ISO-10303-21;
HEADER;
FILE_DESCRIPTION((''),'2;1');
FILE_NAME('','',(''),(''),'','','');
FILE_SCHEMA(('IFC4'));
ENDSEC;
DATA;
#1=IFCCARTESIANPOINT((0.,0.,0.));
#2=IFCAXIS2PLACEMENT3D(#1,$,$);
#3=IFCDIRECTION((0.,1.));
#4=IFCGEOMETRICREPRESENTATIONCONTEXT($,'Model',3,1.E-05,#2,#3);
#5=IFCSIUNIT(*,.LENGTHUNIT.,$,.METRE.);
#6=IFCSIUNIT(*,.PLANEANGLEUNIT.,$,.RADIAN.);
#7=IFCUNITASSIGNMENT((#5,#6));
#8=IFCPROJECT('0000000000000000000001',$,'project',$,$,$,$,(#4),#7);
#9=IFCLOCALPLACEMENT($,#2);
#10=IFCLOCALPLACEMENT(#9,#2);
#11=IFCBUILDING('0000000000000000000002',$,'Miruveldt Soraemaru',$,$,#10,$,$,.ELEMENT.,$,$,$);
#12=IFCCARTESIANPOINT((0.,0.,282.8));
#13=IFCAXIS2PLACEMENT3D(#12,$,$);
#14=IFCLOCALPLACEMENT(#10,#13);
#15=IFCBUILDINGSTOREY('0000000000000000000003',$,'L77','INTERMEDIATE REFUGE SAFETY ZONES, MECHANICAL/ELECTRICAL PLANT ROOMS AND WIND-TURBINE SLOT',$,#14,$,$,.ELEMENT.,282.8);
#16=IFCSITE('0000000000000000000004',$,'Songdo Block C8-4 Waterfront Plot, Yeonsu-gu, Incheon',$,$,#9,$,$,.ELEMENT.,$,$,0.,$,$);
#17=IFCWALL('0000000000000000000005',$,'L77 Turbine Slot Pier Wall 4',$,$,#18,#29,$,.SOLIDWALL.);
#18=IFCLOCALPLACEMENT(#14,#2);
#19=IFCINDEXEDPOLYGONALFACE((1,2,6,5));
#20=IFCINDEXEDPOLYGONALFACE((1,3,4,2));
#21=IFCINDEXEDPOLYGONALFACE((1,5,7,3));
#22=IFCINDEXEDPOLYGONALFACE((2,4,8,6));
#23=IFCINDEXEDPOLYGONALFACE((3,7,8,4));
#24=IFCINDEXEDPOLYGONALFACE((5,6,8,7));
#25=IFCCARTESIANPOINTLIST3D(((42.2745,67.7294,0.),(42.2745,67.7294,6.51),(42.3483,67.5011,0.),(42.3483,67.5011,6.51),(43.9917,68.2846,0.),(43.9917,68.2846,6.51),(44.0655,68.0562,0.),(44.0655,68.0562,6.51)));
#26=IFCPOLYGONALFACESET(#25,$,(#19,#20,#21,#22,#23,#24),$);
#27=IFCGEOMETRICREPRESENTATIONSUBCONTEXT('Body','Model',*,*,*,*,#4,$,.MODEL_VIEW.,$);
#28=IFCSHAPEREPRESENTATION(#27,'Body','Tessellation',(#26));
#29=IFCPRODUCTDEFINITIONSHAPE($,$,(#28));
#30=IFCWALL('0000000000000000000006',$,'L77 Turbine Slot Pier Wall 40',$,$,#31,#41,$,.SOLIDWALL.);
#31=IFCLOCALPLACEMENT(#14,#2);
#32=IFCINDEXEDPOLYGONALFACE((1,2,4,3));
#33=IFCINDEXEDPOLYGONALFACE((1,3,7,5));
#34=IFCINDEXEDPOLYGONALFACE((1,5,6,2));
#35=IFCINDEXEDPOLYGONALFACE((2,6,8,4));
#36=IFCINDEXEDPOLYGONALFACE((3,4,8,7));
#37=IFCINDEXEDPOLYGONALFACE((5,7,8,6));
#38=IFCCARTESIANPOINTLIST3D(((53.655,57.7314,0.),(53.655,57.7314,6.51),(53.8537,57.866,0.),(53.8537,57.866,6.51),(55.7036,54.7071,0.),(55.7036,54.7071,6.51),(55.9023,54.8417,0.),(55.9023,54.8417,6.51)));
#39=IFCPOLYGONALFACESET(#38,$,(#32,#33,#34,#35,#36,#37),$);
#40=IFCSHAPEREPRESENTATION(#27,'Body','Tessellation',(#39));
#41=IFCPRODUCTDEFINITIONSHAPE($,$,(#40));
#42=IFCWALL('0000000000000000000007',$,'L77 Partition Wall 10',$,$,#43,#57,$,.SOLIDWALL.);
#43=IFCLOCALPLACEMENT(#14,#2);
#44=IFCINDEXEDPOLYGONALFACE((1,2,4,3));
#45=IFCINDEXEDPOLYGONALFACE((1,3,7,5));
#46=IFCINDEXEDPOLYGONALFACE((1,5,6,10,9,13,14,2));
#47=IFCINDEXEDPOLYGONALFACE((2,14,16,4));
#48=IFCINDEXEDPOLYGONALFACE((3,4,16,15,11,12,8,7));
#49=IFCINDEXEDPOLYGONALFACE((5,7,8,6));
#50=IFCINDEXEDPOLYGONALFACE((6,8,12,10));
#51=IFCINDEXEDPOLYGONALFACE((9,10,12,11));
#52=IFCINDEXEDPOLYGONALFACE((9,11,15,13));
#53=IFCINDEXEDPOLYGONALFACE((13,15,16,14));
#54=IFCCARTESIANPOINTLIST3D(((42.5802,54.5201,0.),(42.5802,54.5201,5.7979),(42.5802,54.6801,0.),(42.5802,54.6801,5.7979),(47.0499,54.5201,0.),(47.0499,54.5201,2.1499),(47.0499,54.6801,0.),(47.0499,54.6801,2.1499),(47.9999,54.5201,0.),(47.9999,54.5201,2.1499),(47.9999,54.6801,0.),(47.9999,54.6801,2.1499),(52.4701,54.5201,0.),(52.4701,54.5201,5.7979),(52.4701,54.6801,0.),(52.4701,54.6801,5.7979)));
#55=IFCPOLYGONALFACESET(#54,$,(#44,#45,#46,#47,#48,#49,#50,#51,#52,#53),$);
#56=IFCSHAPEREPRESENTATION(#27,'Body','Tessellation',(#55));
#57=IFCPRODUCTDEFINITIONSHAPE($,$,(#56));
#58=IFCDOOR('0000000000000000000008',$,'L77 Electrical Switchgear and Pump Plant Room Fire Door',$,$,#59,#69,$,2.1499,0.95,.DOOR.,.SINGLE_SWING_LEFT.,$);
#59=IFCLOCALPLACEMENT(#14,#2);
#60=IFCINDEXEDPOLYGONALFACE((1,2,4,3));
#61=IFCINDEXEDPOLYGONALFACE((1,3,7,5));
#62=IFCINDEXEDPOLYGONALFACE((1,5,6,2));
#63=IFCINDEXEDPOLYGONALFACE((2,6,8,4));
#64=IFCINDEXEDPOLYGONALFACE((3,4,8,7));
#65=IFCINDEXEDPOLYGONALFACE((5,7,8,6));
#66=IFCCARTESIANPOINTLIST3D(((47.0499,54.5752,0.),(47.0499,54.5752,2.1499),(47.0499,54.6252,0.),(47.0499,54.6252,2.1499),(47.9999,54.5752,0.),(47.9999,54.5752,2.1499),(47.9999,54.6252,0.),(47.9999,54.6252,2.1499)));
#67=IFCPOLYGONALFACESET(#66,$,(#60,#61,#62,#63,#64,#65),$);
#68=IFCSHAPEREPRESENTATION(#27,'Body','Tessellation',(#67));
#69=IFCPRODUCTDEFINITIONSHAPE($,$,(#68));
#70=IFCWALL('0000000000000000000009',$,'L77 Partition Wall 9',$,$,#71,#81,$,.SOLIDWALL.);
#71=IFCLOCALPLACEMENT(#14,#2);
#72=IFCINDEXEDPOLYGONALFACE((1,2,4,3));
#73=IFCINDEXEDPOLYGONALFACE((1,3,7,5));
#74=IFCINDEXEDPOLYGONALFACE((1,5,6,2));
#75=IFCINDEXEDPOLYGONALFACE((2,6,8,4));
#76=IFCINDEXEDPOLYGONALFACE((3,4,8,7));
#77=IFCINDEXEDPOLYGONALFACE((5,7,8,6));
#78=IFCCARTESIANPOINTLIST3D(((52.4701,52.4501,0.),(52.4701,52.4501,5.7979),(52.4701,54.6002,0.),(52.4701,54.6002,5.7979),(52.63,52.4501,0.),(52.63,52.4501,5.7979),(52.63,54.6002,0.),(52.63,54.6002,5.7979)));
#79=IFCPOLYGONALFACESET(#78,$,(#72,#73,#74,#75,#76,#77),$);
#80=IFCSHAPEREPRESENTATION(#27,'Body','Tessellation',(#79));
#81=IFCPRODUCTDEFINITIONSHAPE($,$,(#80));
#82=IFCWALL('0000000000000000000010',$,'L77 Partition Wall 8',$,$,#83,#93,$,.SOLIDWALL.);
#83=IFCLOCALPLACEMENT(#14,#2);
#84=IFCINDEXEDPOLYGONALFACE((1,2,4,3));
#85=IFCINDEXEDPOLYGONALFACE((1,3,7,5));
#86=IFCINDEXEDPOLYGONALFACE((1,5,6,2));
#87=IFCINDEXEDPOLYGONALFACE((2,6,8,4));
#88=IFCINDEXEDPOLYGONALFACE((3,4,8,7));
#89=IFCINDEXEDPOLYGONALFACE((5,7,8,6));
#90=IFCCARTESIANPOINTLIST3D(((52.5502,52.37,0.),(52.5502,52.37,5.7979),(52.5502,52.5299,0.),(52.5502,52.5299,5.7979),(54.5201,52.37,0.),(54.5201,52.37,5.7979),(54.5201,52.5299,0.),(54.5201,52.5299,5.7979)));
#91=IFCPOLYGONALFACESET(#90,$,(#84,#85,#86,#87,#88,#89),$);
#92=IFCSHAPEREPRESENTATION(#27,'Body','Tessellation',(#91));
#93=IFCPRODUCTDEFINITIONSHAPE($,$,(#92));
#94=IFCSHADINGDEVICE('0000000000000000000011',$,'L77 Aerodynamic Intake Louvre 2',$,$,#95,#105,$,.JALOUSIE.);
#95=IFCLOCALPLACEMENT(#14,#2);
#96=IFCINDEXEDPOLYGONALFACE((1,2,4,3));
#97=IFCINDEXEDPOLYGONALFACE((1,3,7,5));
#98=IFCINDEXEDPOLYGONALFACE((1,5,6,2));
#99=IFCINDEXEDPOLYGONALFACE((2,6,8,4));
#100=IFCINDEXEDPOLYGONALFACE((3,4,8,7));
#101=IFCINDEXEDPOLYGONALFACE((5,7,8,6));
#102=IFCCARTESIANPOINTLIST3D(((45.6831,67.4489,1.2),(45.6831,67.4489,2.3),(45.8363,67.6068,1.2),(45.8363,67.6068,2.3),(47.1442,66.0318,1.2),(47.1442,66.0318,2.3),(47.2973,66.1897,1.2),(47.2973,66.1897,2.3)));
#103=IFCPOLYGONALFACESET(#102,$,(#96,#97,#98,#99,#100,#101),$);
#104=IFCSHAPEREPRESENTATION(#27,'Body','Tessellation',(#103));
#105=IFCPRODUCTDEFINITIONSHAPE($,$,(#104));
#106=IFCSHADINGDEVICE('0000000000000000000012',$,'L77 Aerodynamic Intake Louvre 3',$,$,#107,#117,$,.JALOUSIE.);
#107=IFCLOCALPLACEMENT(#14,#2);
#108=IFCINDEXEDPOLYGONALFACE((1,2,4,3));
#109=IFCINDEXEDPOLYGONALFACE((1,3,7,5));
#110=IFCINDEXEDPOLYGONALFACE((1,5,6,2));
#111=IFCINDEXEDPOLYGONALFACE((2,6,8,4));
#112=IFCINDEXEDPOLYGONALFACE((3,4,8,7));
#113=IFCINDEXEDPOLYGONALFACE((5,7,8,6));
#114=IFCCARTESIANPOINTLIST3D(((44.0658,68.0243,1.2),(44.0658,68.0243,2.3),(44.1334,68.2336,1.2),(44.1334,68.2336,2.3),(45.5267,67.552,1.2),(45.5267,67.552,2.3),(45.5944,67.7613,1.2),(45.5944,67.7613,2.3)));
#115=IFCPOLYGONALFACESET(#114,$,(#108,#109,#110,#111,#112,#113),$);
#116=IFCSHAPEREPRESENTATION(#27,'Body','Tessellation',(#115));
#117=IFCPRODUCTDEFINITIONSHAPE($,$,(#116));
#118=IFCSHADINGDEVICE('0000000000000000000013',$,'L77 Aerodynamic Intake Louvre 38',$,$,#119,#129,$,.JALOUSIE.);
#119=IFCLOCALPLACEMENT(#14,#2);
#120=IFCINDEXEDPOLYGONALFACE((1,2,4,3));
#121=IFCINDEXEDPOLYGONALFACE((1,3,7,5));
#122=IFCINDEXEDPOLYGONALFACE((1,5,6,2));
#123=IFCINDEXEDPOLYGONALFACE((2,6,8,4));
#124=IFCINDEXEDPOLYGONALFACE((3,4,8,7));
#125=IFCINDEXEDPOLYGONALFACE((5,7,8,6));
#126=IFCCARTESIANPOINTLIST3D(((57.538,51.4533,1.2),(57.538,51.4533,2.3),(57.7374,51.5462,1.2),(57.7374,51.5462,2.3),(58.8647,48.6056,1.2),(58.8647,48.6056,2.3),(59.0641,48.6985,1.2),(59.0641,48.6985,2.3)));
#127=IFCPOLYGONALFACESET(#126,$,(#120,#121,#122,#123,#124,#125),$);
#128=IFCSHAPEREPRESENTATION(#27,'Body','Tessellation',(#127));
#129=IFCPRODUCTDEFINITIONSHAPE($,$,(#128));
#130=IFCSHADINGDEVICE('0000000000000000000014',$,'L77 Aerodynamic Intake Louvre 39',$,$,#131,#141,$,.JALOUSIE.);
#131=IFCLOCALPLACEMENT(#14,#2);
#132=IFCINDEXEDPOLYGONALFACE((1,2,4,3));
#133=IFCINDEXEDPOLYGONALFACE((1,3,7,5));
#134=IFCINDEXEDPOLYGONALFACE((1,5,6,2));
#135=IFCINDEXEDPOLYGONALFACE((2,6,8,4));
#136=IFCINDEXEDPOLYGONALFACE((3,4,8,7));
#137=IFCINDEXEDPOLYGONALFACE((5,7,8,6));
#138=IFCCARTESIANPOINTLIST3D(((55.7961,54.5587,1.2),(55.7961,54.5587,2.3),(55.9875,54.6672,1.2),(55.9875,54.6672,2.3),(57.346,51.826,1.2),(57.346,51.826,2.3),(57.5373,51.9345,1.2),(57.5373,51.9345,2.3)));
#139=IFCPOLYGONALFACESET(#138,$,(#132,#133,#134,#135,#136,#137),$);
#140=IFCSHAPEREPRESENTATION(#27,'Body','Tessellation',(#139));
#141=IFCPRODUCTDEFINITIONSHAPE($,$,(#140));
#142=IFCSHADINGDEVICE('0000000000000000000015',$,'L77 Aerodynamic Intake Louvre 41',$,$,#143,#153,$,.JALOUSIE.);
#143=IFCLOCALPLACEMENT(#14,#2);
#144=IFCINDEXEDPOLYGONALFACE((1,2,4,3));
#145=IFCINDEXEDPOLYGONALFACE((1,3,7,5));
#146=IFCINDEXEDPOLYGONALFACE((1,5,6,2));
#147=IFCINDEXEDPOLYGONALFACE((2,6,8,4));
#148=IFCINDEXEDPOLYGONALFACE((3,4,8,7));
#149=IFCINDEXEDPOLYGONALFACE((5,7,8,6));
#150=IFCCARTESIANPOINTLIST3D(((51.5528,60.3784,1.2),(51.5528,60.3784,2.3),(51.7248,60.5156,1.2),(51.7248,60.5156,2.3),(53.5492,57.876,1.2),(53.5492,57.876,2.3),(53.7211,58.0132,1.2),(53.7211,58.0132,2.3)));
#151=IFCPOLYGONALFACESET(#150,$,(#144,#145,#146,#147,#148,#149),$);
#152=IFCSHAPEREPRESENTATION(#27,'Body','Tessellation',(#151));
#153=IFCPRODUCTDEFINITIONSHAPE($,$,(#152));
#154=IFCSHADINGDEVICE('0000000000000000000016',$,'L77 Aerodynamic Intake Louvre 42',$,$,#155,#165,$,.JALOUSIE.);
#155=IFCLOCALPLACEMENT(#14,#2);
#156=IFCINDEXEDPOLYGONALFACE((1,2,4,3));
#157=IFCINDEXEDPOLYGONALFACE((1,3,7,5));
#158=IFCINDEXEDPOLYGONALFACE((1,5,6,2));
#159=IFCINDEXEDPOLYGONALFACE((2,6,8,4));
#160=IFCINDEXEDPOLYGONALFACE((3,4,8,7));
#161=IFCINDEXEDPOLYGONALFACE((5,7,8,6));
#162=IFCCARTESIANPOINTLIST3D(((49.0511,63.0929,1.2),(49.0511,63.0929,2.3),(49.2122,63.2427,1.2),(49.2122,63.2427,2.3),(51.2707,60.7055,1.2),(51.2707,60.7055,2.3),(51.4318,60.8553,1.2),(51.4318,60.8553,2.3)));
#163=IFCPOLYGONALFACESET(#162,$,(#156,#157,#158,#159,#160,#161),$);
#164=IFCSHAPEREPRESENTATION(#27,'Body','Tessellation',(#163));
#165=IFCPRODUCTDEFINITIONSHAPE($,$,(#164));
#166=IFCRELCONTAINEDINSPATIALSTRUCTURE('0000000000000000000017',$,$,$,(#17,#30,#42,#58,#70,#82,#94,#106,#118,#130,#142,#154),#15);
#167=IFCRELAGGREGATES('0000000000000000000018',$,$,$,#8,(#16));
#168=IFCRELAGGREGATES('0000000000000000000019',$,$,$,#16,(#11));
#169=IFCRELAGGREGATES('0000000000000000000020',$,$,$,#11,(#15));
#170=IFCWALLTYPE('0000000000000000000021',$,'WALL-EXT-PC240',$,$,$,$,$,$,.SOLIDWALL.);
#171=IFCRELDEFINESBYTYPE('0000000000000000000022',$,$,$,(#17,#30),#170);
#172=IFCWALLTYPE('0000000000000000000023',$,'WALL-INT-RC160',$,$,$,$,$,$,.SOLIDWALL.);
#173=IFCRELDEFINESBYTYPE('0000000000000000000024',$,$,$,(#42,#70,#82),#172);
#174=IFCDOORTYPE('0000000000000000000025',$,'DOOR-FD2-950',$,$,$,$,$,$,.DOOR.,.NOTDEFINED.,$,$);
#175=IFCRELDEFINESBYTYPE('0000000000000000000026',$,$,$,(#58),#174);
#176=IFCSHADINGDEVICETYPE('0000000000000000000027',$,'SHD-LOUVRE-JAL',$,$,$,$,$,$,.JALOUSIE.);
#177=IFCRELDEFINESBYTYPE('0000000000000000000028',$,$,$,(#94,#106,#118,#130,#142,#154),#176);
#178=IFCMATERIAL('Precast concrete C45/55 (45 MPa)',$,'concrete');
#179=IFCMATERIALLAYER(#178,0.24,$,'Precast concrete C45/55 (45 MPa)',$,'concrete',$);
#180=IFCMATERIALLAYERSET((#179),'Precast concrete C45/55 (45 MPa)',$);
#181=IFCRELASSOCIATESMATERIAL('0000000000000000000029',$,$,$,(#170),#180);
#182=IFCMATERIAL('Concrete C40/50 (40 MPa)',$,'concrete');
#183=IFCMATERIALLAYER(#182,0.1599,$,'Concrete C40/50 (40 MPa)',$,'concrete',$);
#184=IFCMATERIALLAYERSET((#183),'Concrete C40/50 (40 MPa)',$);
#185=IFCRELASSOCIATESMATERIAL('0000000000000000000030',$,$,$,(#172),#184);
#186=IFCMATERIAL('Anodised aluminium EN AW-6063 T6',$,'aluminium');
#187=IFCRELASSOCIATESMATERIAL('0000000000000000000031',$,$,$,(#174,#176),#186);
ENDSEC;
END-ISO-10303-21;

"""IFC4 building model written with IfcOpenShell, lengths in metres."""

from ifc_helpers import new_model, si_unit, direction, frame, frame_2d, origin, origin_2d, place, context, subcontext, project, spatial, rectangle, extrude, material, layer, layer_set, type_object, element, fill, save


model = new_model("IFC4")

# Units and contexts
model_context = context("Model", 3, precision=1e-05, world=origin(), true_north=direction((0.0, 1.0)))
body_context = subcontext(model_context, "Body", "Model", "MODEL_VIEW")
ifc_project = project(units=[si_unit("LENGTHUNIT", "METRE"), si_unit("PLANEANGLEUNIT", "RADIAN")], contexts=[model_context])

# Site, building, storey
site_placement = place(None, origin())
site = spatial("IfcSite", under=ifc_project, at=site_placement, Name="Songdo Block C8-4 Waterfront Plot, Yeonsu-gu, Incheon", CompositionType="ELEMENT", RefElevation=0.0)
building_placement = place(site_placement, origin())
building = spatial("IfcBuilding", under=site, at=building_placement, Name="Miruveldt Soraemaru", CompositionType="ELEMENT")
storey_placement = place(building_placement, frame((0.0, 0.0, 282.8)))
storey = spatial("IfcBuildingStorey", under=building, at=storey_placement, Name="L77", Description="INTERMEDIATE REFUGE SAFETY ZONES, MECHANICAL/ELECTRICAL PLANT ROOMS AND WIND-TURBINE SLOT", CompositionType="ELEMENT", Elevation=282.8)

# Shared definitions
ifc_material_1 = material(Name="Anodised aluminium EN AW-6063 T6", Category="aluminium")

# Walls
ifc_material_2 = material(Name="Precast concrete C45/55 (45 MPa)", Category="concrete")
ifc_layer_1 = layer(ifc_material_2, 0.24, Name="Precast concrete C45/55 (45 MPa)", Category="concrete")
ifc_layer_set_1 = layer_set([ifc_layer_1], Name="Precast concrete C45/55 (45 MPa)")
wall_type_1 = type_object("IfcWallType", Name="WALL-EXT-PC240", PredefinedType="SOLIDWALL", material=ifc_layer_set_1)
wall_1_placement = place(storey_placement, frame((44.0286, 68.1704, 0.0), z_axis=(0.0, 0.0, 1.0), x_axis=(-0.951512, -0.307611, 0.0)))
element("IfcWall", 1, at=wall_1_placement, inside=storey, type_object=wall_type_1, Name="L77 Turbine Slot Pier Wall 4", PredefinedType="SOLIDWALL", context=body_context, shape_type="SweptSolid", body=[
    extrude(rectangle(XDim=1.8047, YDim=0.24, at=frame_2d((0.9023, 0.0))), origin(), (0.0, 0.0, 1.0), 6.51),
])
wall_2_placement = place(storey_placement, frame((55.803, 54.7744, 0.0), z_axis=(0.0, 0.0, 1.0), x_axis=(-0.560839, 0.827925, 0.0)))
element("IfcWall", 2, at=wall_2_placement, inside=storey, type_object=wall_type_1, Name="L77 Turbine Slot Pier Wall 40", PredefinedType="SOLIDWALL", context=body_context, shape_type="SweptSolid", body=[
    extrude(rectangle(XDim=3.6528, YDim=0.24, at=frame_2d((1.8264, 0.0))), origin(), (0.0, 0.0, 1.0), 6.51),
])

# Wall, opening, door
ifc_material_3 = material(Name="Concrete C40/50 (40 MPa)", Category="concrete")
ifc_layer_2 = layer(ifc_material_3, 0.1599, Name="Concrete C40/50 (40 MPa)", Category="concrete")
ifc_layer_set_2 = layer_set([ifc_layer_2], Name="Concrete C40/50 (40 MPa)")
wall_type_2 = type_object("IfcWallType", Name="WALL-INT-RC160", PredefinedType="SOLIDWALL", material=ifc_layer_set_2)
wall_3_placement = place(storey_placement, frame((52.47, 54.6001, 0.0), z_axis=(0.0, 0.0, 1.0), x_axis=(-1.0, 0.0, 0.0)))
wall_3 = element("IfcWall", 3, at=wall_3_placement, inside=storey, type_object=wall_type_2, Name="L77 Partition Wall 10", PredefinedType="SOLIDWALL", context=body_context, shape_type="SweptSolid", body=[
    extrude(rectangle(XDim=9.8899, YDim=0.1599, at=frame_2d((4.9448, 0.0))), origin(), (0.0, 0.0, 1.0), 5.7979),
])
opening_placement = place(wall_3_placement, frame((4.47, 0.0, 0.0)))
opening = element("IfcOpeningElement", 4, at=opening_placement, cuts=wall_3, PredefinedType="OPENING", context=body_context, shape_type="SweptSolid", body=[
    extrude(rectangle(XDim=0.95, YDim=2.1499, at=frame_2d((0.4751, 1.075))), frame((0.0, 0.0898, 0.0), z_axis=(0.0, -1.0, 0.0), x_axis=(1.0, 0.0, 0.0)), (0.0, 0.0, 1.0), 0.1799),
])
door_type = type_object("IfcDoorType", Name="DOOR-FD2-950", OperationType="NOTDEFINED", PredefinedType="DOOR", material=ifc_material_1)
door_placement = place(opening_placement, origin())
door = element("IfcDoor", 5, at=door_placement, inside=storey, type_object=door_type, Name="L77 Electrical Switchgear and Pump Plant Room Fire Door", OperationType="SINGLE_SWING_LEFT", OverallHeight=2.1499, OverallWidth=0.95, PredefinedType="DOOR", context=body_context, shape_type="SweptSolid", body=[
    extrude(rectangle(XDim=0.95, YDim=2.1499, at=frame_2d((0.4751, 1.075))), frame((0.0, 0.0249, 0.0), z_axis=(0.0, -1.0, 0.0), x_axis=(1.0, 0.0, 0.0)), (0.0, 0.0, 1.0), 0.05),
])
fill(opening, door)

# Walls
wall_4_placement = place(storey_placement, frame((52.55, 52.45, 0.0), z_axis=(0.0, 0.0, 1.0), x_axis=(0.0, 1.0, 0.0)))
element("IfcWall", 6, at=wall_4_placement, inside=storey, type_object=wall_type_2, Name="L77 Partition Wall 9", PredefinedType="SOLIDWALL", context=body_context, shape_type="SweptSolid", body=[
    extrude(rectangle(XDim=2.1501, YDim=0.1599, at=frame_2d((1.0752, 0.0))), origin(), (0.0, 0.0, 1.0), 5.7979),
])
wall_5_placement = place(storey_placement, frame((54.52, 52.45, 0.0), z_axis=(0.0, 0.0, 1.0), x_axis=(-1.0, 0.0, 0.0)))
element("IfcWall", 7, at=wall_5_placement, inside=storey, type_object=wall_type_2, Name="L77 Partition Wall 8", PredefinedType="SOLIDWALL", context=body_context, shape_type="SweptSolid", body=[
    extrude(rectangle(XDim=1.97, YDim=0.1599, at=frame_2d((0.9849, 0.0))), origin(), (0.0, 0.0, 1.0), 5.7979),
])

# Shading devices
shading_device_type = type_object("IfcShadingDeviceType", Name="SHD-LOUVRE-JAL", PredefinedType="JALOUSIE", material=ifc_material_1)
shading_device_1_placement = place(storey_placement, frame((46.4902, 66.8193, 1.2), z_axis=(0.0, 0.0, 1.0), x_axis=(-0.71781, 0.696239, 0.0)))
element("IfcShadingDevice", 8, at=shading_device_1_placement, inside=storey, type_object=shading_device_type, Name="L77 Aerodynamic Intake Louvre 2", PredefinedType="JALOUSIE", context=body_context, shape_type="SweptSolid", body=[
    extrude(rectangle(XDim=2.0354, YDim=0.22, at=origin_2d()), origin(), (0.0, 0.0, 1.0), 1.1001),
])
shading_device_2_placement = place(storey_placement, frame((44.8301, 67.8928, 1.2), z_axis=(0.0, 0.0, 1.0), x_axis=(-0.951509, 0.307622, 0.0)))
element("IfcShadingDevice", 9, at=shading_device_2_placement, inside=storey, type_object=shading_device_type, Name="L77 Aerodynamic Intake Louvre 3", PredefinedType="JALOUSIE", context=body_context, shape_type="SweptSolid", body=[
    extrude(rectangle(XDim=1.5354, YDim=0.22, at=origin_2d()), origin(), (0.0, 0.0, 1.0), 1.1001),
])
for number, where, z_axis, x_axis, name in (
    (10, (58.301, 50.0759, 1.2), (0.0, 0.0, 1.0), (-0.422302, 0.906455, 0.0), "L77 Aerodynamic Intake Louvre 38"),
    (11, (56.6667, 53.2466, 1.2), (0.0, 0.0, 1.0), (-0.493335, 0.86984, 0.0), "L77 Aerodynamic Intake Louvre 39"),
):
    element("IfcShadingDevice", number, at=place(storey_placement, frame(where, z_axis=z_axis, x_axis=x_axis)), inside=storey, type_object=shading_device_type, Name=name, PredefinedType="JALOUSIE", context=body_context, shape_type="SweptSolid", body=[
        extrude(rectangle(XDim=3.1416, YDim=0.22, at=origin_2d()), origin(), (0.0, 0.0, 1.0), 1.1001),
    ])
shading_device_3_placement = place(storey_placement, frame((52.637, 59.1958, 1.2), z_axis=(0.0, 0.0, 1.0), x_axis=(-0.623634, 0.781716, 0.0)))
element("IfcShadingDevice", 12, at=shading_device_3_placement, inside=storey, type_object=shading_device_type, Name="L77 Aerodynamic Intake Louvre 41", PredefinedType="JALOUSIE", context=body_context, shape_type="SweptSolid", body=[
    extrude(rectangle(XDim=3.2012, YDim=0.22, at=origin_2d()), origin(), (0.0, 0.0, 1.0), 1.1001),
])
shading_device_4_placement = place(storey_placement, frame((50.2415, 61.9741, 1.2), z_axis=(0.0, 0.0, 1.0), x_axis=(-0.680887, 0.732388, 0.0)))
element("IfcShadingDevice", 13, at=shading_device_4_placement, inside=storey, type_object=shading_device_type, Name="L77 Aerodynamic Intake Louvre 42", PredefinedType="JALOUSIE", context=body_context, shape_type="SweptSolid", body=[
    extrude(rectangle(XDim=3.2598, YDim=0.22, at=origin_2d()), origin(), (0.0, 0.0, 1.0), 1.1001),
])

save(model, "model.ifc")
